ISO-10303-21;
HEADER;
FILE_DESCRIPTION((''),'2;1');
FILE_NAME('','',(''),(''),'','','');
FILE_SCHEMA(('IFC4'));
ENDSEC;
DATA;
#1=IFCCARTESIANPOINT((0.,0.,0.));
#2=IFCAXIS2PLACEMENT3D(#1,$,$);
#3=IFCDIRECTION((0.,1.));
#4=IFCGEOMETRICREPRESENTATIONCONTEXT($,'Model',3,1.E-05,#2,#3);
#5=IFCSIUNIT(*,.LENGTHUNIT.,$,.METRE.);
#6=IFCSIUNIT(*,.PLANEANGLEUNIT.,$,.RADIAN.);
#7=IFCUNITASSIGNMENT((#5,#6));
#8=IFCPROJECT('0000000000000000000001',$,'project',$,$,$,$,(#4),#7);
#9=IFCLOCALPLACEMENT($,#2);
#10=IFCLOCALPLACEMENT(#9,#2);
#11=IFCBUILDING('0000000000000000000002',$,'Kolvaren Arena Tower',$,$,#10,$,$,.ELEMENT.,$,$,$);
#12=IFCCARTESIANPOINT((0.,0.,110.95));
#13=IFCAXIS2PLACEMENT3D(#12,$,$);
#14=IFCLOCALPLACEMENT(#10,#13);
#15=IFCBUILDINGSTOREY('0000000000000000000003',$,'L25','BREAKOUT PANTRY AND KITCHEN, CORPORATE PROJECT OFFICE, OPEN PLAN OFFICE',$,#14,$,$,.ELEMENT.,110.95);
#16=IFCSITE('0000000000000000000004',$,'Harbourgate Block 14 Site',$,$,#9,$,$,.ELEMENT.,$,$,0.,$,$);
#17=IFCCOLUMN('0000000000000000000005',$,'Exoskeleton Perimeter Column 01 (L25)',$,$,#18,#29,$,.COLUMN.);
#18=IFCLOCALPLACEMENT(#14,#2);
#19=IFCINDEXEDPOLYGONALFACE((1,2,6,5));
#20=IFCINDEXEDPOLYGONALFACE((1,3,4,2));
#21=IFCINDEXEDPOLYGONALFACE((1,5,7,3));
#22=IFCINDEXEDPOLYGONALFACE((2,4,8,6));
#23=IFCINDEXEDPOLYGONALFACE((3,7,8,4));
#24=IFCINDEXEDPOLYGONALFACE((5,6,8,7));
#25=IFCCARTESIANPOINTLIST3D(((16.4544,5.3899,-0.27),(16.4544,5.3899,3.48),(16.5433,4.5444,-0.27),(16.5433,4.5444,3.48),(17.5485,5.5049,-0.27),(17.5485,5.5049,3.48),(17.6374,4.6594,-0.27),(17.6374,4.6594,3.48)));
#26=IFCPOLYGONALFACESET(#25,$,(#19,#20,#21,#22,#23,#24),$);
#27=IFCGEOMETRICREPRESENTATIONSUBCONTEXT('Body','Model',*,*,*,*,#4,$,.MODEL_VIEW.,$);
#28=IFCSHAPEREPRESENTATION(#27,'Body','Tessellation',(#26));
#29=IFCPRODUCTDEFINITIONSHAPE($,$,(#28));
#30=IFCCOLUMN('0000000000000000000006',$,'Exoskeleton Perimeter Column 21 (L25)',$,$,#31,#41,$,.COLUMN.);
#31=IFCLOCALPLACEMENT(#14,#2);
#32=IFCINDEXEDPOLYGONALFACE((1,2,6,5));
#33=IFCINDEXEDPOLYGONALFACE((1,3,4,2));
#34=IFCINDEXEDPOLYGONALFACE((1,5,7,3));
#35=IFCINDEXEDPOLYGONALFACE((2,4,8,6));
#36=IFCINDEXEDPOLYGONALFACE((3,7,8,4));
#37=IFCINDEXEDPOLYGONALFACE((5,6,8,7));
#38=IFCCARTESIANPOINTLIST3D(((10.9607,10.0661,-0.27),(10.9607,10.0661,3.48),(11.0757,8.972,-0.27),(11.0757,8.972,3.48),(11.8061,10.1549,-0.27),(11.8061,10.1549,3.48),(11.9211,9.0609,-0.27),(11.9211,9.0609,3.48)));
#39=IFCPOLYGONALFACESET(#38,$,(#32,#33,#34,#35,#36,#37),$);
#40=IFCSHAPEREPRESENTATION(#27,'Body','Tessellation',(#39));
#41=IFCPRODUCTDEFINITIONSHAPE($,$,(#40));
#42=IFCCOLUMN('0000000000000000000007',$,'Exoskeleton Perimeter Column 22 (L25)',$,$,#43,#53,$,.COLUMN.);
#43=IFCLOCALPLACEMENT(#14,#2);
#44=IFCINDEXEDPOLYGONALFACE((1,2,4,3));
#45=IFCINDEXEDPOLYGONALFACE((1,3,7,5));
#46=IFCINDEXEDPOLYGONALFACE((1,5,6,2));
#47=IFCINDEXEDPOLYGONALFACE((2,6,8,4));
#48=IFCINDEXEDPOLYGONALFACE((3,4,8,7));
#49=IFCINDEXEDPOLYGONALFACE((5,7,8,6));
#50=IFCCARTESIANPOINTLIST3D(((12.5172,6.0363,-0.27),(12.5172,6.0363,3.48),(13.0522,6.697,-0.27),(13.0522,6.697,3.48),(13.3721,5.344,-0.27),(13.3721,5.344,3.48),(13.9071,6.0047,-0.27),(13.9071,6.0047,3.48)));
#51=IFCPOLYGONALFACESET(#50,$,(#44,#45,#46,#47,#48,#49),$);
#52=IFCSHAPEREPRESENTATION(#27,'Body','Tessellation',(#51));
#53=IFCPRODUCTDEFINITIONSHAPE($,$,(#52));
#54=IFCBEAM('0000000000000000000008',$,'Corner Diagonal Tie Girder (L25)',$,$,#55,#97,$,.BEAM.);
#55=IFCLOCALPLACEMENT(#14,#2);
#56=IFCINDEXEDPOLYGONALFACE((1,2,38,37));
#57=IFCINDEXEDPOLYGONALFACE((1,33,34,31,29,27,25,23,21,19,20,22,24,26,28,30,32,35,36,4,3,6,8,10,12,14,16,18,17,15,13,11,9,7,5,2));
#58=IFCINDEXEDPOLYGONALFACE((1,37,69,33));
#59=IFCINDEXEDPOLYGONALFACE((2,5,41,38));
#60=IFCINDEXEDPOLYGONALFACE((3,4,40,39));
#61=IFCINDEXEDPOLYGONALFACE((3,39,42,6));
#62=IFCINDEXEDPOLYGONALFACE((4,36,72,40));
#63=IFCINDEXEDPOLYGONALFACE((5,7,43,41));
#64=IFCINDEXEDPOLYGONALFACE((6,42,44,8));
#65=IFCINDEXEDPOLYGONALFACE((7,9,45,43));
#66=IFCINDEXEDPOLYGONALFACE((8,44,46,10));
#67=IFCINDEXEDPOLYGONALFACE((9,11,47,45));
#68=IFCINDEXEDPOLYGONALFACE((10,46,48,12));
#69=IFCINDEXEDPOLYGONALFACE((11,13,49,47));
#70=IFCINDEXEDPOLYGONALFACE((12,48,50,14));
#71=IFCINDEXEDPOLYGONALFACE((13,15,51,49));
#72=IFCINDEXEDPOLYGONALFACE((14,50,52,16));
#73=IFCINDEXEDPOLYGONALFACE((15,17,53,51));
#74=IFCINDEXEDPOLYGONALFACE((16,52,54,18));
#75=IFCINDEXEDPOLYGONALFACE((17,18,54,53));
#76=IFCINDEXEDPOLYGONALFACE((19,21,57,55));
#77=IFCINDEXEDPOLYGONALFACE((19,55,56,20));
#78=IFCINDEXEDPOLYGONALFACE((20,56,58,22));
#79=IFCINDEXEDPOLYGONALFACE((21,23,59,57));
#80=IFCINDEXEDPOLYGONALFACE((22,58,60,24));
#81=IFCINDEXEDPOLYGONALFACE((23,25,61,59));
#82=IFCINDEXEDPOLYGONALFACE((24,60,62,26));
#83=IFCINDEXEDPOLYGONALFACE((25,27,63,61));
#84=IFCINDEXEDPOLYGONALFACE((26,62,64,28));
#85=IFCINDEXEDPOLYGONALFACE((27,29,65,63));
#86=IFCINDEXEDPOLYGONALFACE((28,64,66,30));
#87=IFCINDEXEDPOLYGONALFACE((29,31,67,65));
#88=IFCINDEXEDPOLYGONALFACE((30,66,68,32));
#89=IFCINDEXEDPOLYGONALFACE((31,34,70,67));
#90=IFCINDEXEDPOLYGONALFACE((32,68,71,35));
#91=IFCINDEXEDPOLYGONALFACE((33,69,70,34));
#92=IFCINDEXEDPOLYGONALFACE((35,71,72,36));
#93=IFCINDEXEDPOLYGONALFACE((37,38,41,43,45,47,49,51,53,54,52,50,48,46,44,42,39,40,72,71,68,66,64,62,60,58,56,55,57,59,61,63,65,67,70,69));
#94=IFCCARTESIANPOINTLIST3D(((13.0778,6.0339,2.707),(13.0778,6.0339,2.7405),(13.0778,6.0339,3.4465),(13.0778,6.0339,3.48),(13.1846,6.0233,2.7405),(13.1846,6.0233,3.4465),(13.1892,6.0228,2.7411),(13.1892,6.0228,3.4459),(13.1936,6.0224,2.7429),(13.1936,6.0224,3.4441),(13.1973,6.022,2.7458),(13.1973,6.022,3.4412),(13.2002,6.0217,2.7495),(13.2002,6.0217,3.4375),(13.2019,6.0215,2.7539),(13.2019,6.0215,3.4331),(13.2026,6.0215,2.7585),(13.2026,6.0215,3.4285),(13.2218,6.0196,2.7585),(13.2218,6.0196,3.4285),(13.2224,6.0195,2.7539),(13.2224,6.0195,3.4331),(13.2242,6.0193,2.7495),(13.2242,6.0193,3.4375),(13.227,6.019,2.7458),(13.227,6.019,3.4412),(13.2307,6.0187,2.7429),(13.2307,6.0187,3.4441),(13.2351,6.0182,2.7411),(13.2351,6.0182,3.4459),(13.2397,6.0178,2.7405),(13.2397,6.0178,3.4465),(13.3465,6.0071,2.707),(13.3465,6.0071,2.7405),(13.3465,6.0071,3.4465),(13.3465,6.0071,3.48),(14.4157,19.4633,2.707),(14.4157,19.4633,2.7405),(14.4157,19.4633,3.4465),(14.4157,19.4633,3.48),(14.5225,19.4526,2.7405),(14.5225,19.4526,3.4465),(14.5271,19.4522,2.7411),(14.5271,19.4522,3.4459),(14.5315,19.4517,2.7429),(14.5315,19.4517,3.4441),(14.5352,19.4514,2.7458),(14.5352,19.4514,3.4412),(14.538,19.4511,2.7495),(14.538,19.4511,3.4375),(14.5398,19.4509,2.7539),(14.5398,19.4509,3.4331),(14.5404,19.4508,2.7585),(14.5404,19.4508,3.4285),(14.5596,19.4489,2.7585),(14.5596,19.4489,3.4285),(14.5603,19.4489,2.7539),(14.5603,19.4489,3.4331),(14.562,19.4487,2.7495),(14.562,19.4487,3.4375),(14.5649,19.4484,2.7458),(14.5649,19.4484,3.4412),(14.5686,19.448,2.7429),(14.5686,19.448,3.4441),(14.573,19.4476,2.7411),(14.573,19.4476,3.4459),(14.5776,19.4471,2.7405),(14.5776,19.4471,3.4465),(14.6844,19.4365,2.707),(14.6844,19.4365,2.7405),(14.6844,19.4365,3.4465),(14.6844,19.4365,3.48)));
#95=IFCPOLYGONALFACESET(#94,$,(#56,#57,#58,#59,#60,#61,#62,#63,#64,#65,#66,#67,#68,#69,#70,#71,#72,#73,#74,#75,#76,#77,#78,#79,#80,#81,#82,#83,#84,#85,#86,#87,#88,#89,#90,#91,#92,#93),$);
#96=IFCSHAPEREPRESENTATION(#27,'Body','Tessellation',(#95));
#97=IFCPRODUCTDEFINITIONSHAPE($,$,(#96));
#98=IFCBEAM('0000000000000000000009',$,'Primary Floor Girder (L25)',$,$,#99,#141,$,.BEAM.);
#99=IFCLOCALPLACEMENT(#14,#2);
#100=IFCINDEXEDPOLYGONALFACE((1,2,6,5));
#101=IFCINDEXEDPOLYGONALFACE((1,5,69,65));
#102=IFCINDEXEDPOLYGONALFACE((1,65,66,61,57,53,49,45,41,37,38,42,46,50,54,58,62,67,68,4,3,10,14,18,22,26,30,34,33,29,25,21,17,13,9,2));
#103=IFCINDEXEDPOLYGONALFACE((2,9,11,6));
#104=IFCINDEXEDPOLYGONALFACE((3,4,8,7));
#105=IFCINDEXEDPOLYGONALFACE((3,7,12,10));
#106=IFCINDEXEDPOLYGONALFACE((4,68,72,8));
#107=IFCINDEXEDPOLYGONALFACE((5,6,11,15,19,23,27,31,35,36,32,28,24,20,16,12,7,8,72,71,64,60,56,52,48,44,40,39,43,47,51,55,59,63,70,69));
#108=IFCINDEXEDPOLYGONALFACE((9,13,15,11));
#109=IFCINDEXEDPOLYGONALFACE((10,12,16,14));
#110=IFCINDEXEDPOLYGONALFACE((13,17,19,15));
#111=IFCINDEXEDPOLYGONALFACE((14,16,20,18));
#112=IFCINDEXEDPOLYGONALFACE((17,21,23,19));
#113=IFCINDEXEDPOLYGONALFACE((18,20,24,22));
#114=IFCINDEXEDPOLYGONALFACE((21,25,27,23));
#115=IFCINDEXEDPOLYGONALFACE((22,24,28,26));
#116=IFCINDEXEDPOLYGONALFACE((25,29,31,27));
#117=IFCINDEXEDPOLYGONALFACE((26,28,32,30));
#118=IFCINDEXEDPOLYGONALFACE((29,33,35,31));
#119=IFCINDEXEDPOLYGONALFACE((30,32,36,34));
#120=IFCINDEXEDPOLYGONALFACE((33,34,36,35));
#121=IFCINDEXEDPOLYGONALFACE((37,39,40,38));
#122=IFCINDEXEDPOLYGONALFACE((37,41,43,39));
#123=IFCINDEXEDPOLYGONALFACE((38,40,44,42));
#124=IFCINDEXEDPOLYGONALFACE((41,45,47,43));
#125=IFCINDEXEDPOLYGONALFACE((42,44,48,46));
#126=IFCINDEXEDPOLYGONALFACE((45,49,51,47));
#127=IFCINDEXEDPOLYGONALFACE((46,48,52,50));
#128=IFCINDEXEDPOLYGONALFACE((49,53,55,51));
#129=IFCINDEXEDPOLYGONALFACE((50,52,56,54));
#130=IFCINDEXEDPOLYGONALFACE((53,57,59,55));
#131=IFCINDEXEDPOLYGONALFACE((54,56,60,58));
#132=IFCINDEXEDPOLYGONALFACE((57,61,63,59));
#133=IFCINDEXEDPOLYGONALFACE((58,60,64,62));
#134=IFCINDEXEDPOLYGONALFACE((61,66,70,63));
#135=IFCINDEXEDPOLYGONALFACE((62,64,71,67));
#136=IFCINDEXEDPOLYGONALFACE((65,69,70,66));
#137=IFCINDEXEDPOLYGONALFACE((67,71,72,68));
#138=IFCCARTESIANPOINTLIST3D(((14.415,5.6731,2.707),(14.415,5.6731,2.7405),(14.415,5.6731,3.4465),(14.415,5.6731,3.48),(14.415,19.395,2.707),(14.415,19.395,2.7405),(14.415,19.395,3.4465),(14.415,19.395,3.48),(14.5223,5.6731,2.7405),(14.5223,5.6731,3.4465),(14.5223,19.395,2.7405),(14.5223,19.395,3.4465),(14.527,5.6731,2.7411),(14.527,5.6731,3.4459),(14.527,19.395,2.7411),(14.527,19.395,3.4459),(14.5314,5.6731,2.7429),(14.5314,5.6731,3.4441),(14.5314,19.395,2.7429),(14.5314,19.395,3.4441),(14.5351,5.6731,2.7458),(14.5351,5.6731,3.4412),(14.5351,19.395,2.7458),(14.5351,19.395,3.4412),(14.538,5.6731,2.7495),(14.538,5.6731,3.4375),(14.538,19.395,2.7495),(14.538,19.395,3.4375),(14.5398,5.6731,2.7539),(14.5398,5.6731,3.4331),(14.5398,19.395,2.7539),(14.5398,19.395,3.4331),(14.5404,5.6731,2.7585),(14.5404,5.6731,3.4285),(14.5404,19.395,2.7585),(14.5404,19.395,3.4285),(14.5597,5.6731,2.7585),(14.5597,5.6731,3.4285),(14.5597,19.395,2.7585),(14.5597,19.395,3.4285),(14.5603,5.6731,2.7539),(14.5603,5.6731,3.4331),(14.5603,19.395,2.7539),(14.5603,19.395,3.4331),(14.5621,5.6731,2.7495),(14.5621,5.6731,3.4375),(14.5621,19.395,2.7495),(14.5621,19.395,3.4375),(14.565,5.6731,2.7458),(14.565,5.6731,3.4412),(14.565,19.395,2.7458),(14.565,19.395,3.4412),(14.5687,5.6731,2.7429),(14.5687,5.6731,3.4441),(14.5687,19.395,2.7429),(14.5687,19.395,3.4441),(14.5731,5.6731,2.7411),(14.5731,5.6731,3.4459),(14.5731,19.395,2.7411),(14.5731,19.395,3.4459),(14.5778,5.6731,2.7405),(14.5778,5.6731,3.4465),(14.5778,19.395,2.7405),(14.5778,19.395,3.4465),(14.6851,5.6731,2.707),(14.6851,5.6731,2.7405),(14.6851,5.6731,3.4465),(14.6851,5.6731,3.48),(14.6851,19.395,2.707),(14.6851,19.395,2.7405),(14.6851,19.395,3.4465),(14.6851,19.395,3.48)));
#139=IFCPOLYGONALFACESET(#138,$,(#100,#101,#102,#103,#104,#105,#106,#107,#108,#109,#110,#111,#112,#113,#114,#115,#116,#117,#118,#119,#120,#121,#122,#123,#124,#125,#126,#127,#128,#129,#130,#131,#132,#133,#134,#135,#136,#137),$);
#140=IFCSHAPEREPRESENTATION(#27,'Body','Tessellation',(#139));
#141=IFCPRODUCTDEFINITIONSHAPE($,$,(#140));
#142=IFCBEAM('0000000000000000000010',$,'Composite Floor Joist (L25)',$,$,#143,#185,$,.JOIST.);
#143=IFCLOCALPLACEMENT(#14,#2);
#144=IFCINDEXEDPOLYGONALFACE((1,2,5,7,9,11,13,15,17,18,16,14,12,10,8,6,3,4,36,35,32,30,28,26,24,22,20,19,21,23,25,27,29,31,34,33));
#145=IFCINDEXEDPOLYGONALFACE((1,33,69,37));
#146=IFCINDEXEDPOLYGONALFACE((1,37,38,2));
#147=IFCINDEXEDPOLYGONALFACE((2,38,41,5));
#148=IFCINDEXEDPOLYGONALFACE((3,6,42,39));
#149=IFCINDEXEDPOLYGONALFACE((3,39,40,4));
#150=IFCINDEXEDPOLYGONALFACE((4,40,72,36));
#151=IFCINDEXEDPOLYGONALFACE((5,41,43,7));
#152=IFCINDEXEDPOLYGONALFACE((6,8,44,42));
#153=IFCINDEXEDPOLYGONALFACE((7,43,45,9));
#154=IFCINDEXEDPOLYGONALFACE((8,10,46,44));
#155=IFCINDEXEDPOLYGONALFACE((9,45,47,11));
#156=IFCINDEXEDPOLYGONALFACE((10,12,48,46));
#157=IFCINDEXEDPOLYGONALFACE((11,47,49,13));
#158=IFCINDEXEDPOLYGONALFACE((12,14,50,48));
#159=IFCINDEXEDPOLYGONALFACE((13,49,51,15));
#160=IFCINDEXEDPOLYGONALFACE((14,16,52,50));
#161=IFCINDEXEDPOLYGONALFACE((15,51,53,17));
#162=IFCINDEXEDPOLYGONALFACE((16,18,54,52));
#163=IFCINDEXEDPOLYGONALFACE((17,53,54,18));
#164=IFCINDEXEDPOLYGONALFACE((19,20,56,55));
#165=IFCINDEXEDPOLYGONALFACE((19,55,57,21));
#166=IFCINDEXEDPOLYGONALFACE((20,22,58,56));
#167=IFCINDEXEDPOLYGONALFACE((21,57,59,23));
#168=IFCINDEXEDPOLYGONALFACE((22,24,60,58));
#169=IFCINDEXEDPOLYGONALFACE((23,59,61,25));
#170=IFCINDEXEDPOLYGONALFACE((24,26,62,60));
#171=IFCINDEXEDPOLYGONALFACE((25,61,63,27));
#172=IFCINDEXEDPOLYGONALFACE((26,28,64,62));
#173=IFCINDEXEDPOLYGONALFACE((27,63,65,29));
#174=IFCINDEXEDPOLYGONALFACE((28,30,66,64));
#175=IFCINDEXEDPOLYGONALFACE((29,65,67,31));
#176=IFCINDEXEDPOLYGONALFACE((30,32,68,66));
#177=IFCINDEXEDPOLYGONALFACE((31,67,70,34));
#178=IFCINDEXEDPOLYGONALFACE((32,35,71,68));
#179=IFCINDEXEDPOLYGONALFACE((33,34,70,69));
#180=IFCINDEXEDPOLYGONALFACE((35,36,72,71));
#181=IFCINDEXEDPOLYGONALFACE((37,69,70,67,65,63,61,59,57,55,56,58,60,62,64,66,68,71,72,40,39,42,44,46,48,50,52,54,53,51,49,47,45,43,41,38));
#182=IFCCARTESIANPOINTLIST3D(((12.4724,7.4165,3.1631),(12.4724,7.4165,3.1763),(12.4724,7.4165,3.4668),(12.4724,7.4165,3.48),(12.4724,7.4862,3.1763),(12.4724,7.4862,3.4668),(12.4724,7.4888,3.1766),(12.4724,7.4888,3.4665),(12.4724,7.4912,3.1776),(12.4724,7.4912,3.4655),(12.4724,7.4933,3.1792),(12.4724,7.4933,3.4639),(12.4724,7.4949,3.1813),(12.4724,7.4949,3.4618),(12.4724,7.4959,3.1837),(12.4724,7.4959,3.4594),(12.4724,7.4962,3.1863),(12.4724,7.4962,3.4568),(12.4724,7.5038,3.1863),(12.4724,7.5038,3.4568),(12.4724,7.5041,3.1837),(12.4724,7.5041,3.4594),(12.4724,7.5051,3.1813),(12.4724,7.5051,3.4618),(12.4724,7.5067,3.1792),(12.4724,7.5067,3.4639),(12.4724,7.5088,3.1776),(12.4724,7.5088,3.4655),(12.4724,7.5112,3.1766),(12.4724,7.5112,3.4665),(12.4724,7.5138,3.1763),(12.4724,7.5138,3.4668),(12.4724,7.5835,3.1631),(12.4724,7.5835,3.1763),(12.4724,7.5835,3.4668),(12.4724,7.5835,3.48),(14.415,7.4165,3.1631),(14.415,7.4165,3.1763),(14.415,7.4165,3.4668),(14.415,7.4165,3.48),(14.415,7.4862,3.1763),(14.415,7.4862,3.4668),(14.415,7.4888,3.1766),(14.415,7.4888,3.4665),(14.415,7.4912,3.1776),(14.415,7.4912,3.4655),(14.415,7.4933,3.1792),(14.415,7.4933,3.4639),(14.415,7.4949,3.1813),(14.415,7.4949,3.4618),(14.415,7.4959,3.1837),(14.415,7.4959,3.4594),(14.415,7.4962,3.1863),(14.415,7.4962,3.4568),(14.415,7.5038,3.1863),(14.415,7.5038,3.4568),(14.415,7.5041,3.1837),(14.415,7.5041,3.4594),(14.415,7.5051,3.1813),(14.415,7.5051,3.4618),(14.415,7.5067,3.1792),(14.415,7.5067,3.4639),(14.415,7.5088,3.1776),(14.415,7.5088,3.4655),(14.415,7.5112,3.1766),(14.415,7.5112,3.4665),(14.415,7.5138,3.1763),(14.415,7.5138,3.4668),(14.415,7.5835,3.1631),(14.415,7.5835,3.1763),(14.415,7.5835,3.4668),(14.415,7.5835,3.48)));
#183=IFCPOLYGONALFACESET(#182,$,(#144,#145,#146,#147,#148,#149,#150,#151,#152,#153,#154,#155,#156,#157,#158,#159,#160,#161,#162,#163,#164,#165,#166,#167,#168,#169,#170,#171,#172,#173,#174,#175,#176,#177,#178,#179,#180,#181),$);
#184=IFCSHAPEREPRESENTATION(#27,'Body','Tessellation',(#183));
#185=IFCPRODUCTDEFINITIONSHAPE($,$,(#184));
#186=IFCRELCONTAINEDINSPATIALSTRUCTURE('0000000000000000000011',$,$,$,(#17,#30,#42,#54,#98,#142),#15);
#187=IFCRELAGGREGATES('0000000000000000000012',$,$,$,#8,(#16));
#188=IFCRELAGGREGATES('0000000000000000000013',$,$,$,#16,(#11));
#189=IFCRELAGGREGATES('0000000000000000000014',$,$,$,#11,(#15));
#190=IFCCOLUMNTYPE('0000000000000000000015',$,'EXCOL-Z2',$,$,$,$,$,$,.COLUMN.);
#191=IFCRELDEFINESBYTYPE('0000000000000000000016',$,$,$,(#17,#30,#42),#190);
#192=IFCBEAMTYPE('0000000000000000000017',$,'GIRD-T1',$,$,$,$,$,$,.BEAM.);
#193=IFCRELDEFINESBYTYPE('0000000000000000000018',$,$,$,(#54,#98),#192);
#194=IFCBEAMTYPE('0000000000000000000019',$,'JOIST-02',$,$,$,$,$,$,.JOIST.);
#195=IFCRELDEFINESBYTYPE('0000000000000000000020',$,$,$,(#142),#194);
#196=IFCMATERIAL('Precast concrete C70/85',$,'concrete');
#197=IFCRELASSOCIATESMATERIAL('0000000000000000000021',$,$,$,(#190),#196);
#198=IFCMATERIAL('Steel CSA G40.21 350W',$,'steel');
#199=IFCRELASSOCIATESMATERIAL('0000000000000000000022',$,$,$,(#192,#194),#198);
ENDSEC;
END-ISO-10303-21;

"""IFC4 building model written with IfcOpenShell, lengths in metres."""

from ifc_helpers import new_model, si_unit, direction, frame, origin, origin_2d, place, context, subcontext, project, spatial, rectangle, i_section, extrude, material, material_profile, profile_set, type_object, element, save


model = new_model("IFC4")

# Units and contexts
model_context = context("Model", 3, precision=1e-05, world=origin(), true_north=direction((0.0, 1.0)))
body_context = subcontext(model_context, "Body", "Model", "MODEL_VIEW")
ifc_project = project(units=[si_unit("LENGTHUNIT", "METRE"), si_unit("PLANEANGLEUNIT", "RADIAN")], contexts=[model_context])

# Site, building, storey
site_placement = place(None, origin())
site = spatial("IfcSite", under=ifc_project, at=site_placement, Name="Harbourgate Block 14 Site", CompositionType="ELEMENT", RefElevation=0.0)
building_placement = place(site_placement, origin())
building = spatial("IfcBuilding", under=site, at=building_placement, Name="Kolvaren Arena Tower", CompositionType="ELEMENT")
storey_placement = place(building_placement, frame((0.0, 0.0, 110.95)))
storey = spatial("IfcBuildingStorey", under=building, at=storey_placement, Name="L25", Description="BREAKOUT PANTRY AND KITCHEN, CORPORATE PROJECT OFFICE, OPEN PLAN OFFICE", CompositionType="ELEMENT", Elevation=110.95)

# Columns
ifc_material_1 = material(Name="Precast concrete C70/85", Category="concrete")
ifc_material_profile_1 = material_profile(ifc_material_1, rectangle(XDim=1.1001, YDim=0.8501, at=origin_2d()), Name="RC-1100x850")
ifc_profile_set_1 = profile_set([ifc_material_profile_1], Name="Precast concrete C70/85")
column_type = type_object("IfcColumnType", Name="EXCOL-Z2", PredefinedType="COLUMN", material=ifc_profile_set_1)
for number, where, z_axis, x_axis, name in (
    (1, (17.0459, 5.0247, -0.27), (0.0, 0.0, 1.0), (0.994522, 0.104528, 0.0), "Exoskeleton Perimeter Column 01 (L25)"),
    (2, (11.4409, 9.5635, -0.27), (0.0, 0.0, 1.0), (-0.104528, 0.994522, 0.0), "Exoskeleton Perimeter Column 21 (L25)"),
    (3, (13.2122, 6.0205, -0.27), (0.0, 0.0, 1.0), (-0.777146, 0.62932, 0.0), "Exoskeleton Perimeter Column 22 (L25)"),
):
    element("IfcColumn", number, at=place(storey_placement, frame(where, z_axis=z_axis, x_axis=x_axis)), inside=storey, type_object=column_type, Name=name, PredefinedType="COLUMN", context=body_context, shape_type="SweptSolid", body=[
        extrude(rectangle(XDim=1.1001, YDim=0.8501, at=origin_2d()), origin(), (0.0, 0.0, 1.0), 3.75),
    ])

# Beams
ifc_material_2 = material(Name="Steel CSA G40.21 350W", Category="steel")
ifc_material_profile_2 = material_profile(ifc_material_2, i_section(OverallWidth=0.27, OverallDepth=0.7729, WebThickness=0.0193, FlangeThickness=0.0334, FilletRadius=0.0181, at=origin_2d()), Name="W760x257")
ifc_profile_set_2 = profile_set([ifc_material_profile_2], Name="Steel CSA G40.21 350W")
beam_type_1 = type_object("IfcBeamType", Name="GIRD-T1", PredefinedType="BEAM", material=ifc_profile_set_2)
beam_1_placement = place(storey_placement, frame((13.2122, 6.0205, 3.0935), z_axis=(0.099133, 0.995074, 0.0), x_axis=(-0.995074, 0.099133, 0.0)))
element("IfcBeam", 4, at=beam_1_placement, inside=storey, type_object=beam_type_1, Name="Corner Diagonal Tie Girder (L25)", PredefinedType="BEAM", context=body_context, shape_type="SweptSolid", body=[
    extrude(i_section(OverallWidth=0.27, OverallDepth=0.7729, WebThickness=0.0193, FlangeThickness=0.0334, FilletRadius=0.0181, at=origin_2d()), origin(), (0.0, 0.0, 1.0), 13.4958),
])
beam_2_placement = place(storey_placement, frame((14.55, 5.6731, 3.0935), z_axis=(0.0, 1.0, 0.0), x_axis=(-1.0, 0.0, 0.0)))
element("IfcBeam", 5, at=beam_2_placement, inside=storey, type_object=beam_type_1, Name="Primary Floor Girder (L25)", PredefinedType="BEAM", context=body_context, shape_type="SweptSolid", body=[
    extrude(i_section(OverallWidth=0.27, OverallDepth=0.7729, WebThickness=0.0193, FlangeThickness=0.0334, FilletRadius=0.0181, at=origin_2d()), origin(), (0.0, 0.0, 1.0), 13.7219),
])
ifc_material_profile_3 = material_profile(ifc_material_2, i_section(OverallWidth=0.167, OverallDepth=0.3169, WebThickness=0.0076, FlangeThickness=0.0132, FilletRadius=0.01, at=origin_2d()), Name="W310x52")
ifc_profile_set_3 = profile_set([ifc_material_profile_3], Name="Steel CSA G40.21 350W")
beam_type_2 = type_object("IfcBeamType", Name="JOIST-02", PredefinedType="JOIST", material=ifc_profile_set_3)
beam_3_placement = place(storey_placement, frame((12.4724, 7.5, 3.3215), z_axis=(1.0, 0.0, 0.0), x_axis=(0.0, 1.0, 0.0)))
element("IfcBeam", 6, at=beam_3_placement, inside=storey, type_object=beam_type_2, Name="Composite Floor Joist (L25)", PredefinedType="JOIST", context=body_context, shape_type="SweptSolid", body=[
    extrude(i_section(OverallWidth=0.167, OverallDepth=0.3169, WebThickness=0.0076, FlangeThickness=0.0132, FilletRadius=0.01, at=origin_2d()), origin(), (0.0, 0.0, 1.0), 1.9426),
])

save(model, "model.ifc")
